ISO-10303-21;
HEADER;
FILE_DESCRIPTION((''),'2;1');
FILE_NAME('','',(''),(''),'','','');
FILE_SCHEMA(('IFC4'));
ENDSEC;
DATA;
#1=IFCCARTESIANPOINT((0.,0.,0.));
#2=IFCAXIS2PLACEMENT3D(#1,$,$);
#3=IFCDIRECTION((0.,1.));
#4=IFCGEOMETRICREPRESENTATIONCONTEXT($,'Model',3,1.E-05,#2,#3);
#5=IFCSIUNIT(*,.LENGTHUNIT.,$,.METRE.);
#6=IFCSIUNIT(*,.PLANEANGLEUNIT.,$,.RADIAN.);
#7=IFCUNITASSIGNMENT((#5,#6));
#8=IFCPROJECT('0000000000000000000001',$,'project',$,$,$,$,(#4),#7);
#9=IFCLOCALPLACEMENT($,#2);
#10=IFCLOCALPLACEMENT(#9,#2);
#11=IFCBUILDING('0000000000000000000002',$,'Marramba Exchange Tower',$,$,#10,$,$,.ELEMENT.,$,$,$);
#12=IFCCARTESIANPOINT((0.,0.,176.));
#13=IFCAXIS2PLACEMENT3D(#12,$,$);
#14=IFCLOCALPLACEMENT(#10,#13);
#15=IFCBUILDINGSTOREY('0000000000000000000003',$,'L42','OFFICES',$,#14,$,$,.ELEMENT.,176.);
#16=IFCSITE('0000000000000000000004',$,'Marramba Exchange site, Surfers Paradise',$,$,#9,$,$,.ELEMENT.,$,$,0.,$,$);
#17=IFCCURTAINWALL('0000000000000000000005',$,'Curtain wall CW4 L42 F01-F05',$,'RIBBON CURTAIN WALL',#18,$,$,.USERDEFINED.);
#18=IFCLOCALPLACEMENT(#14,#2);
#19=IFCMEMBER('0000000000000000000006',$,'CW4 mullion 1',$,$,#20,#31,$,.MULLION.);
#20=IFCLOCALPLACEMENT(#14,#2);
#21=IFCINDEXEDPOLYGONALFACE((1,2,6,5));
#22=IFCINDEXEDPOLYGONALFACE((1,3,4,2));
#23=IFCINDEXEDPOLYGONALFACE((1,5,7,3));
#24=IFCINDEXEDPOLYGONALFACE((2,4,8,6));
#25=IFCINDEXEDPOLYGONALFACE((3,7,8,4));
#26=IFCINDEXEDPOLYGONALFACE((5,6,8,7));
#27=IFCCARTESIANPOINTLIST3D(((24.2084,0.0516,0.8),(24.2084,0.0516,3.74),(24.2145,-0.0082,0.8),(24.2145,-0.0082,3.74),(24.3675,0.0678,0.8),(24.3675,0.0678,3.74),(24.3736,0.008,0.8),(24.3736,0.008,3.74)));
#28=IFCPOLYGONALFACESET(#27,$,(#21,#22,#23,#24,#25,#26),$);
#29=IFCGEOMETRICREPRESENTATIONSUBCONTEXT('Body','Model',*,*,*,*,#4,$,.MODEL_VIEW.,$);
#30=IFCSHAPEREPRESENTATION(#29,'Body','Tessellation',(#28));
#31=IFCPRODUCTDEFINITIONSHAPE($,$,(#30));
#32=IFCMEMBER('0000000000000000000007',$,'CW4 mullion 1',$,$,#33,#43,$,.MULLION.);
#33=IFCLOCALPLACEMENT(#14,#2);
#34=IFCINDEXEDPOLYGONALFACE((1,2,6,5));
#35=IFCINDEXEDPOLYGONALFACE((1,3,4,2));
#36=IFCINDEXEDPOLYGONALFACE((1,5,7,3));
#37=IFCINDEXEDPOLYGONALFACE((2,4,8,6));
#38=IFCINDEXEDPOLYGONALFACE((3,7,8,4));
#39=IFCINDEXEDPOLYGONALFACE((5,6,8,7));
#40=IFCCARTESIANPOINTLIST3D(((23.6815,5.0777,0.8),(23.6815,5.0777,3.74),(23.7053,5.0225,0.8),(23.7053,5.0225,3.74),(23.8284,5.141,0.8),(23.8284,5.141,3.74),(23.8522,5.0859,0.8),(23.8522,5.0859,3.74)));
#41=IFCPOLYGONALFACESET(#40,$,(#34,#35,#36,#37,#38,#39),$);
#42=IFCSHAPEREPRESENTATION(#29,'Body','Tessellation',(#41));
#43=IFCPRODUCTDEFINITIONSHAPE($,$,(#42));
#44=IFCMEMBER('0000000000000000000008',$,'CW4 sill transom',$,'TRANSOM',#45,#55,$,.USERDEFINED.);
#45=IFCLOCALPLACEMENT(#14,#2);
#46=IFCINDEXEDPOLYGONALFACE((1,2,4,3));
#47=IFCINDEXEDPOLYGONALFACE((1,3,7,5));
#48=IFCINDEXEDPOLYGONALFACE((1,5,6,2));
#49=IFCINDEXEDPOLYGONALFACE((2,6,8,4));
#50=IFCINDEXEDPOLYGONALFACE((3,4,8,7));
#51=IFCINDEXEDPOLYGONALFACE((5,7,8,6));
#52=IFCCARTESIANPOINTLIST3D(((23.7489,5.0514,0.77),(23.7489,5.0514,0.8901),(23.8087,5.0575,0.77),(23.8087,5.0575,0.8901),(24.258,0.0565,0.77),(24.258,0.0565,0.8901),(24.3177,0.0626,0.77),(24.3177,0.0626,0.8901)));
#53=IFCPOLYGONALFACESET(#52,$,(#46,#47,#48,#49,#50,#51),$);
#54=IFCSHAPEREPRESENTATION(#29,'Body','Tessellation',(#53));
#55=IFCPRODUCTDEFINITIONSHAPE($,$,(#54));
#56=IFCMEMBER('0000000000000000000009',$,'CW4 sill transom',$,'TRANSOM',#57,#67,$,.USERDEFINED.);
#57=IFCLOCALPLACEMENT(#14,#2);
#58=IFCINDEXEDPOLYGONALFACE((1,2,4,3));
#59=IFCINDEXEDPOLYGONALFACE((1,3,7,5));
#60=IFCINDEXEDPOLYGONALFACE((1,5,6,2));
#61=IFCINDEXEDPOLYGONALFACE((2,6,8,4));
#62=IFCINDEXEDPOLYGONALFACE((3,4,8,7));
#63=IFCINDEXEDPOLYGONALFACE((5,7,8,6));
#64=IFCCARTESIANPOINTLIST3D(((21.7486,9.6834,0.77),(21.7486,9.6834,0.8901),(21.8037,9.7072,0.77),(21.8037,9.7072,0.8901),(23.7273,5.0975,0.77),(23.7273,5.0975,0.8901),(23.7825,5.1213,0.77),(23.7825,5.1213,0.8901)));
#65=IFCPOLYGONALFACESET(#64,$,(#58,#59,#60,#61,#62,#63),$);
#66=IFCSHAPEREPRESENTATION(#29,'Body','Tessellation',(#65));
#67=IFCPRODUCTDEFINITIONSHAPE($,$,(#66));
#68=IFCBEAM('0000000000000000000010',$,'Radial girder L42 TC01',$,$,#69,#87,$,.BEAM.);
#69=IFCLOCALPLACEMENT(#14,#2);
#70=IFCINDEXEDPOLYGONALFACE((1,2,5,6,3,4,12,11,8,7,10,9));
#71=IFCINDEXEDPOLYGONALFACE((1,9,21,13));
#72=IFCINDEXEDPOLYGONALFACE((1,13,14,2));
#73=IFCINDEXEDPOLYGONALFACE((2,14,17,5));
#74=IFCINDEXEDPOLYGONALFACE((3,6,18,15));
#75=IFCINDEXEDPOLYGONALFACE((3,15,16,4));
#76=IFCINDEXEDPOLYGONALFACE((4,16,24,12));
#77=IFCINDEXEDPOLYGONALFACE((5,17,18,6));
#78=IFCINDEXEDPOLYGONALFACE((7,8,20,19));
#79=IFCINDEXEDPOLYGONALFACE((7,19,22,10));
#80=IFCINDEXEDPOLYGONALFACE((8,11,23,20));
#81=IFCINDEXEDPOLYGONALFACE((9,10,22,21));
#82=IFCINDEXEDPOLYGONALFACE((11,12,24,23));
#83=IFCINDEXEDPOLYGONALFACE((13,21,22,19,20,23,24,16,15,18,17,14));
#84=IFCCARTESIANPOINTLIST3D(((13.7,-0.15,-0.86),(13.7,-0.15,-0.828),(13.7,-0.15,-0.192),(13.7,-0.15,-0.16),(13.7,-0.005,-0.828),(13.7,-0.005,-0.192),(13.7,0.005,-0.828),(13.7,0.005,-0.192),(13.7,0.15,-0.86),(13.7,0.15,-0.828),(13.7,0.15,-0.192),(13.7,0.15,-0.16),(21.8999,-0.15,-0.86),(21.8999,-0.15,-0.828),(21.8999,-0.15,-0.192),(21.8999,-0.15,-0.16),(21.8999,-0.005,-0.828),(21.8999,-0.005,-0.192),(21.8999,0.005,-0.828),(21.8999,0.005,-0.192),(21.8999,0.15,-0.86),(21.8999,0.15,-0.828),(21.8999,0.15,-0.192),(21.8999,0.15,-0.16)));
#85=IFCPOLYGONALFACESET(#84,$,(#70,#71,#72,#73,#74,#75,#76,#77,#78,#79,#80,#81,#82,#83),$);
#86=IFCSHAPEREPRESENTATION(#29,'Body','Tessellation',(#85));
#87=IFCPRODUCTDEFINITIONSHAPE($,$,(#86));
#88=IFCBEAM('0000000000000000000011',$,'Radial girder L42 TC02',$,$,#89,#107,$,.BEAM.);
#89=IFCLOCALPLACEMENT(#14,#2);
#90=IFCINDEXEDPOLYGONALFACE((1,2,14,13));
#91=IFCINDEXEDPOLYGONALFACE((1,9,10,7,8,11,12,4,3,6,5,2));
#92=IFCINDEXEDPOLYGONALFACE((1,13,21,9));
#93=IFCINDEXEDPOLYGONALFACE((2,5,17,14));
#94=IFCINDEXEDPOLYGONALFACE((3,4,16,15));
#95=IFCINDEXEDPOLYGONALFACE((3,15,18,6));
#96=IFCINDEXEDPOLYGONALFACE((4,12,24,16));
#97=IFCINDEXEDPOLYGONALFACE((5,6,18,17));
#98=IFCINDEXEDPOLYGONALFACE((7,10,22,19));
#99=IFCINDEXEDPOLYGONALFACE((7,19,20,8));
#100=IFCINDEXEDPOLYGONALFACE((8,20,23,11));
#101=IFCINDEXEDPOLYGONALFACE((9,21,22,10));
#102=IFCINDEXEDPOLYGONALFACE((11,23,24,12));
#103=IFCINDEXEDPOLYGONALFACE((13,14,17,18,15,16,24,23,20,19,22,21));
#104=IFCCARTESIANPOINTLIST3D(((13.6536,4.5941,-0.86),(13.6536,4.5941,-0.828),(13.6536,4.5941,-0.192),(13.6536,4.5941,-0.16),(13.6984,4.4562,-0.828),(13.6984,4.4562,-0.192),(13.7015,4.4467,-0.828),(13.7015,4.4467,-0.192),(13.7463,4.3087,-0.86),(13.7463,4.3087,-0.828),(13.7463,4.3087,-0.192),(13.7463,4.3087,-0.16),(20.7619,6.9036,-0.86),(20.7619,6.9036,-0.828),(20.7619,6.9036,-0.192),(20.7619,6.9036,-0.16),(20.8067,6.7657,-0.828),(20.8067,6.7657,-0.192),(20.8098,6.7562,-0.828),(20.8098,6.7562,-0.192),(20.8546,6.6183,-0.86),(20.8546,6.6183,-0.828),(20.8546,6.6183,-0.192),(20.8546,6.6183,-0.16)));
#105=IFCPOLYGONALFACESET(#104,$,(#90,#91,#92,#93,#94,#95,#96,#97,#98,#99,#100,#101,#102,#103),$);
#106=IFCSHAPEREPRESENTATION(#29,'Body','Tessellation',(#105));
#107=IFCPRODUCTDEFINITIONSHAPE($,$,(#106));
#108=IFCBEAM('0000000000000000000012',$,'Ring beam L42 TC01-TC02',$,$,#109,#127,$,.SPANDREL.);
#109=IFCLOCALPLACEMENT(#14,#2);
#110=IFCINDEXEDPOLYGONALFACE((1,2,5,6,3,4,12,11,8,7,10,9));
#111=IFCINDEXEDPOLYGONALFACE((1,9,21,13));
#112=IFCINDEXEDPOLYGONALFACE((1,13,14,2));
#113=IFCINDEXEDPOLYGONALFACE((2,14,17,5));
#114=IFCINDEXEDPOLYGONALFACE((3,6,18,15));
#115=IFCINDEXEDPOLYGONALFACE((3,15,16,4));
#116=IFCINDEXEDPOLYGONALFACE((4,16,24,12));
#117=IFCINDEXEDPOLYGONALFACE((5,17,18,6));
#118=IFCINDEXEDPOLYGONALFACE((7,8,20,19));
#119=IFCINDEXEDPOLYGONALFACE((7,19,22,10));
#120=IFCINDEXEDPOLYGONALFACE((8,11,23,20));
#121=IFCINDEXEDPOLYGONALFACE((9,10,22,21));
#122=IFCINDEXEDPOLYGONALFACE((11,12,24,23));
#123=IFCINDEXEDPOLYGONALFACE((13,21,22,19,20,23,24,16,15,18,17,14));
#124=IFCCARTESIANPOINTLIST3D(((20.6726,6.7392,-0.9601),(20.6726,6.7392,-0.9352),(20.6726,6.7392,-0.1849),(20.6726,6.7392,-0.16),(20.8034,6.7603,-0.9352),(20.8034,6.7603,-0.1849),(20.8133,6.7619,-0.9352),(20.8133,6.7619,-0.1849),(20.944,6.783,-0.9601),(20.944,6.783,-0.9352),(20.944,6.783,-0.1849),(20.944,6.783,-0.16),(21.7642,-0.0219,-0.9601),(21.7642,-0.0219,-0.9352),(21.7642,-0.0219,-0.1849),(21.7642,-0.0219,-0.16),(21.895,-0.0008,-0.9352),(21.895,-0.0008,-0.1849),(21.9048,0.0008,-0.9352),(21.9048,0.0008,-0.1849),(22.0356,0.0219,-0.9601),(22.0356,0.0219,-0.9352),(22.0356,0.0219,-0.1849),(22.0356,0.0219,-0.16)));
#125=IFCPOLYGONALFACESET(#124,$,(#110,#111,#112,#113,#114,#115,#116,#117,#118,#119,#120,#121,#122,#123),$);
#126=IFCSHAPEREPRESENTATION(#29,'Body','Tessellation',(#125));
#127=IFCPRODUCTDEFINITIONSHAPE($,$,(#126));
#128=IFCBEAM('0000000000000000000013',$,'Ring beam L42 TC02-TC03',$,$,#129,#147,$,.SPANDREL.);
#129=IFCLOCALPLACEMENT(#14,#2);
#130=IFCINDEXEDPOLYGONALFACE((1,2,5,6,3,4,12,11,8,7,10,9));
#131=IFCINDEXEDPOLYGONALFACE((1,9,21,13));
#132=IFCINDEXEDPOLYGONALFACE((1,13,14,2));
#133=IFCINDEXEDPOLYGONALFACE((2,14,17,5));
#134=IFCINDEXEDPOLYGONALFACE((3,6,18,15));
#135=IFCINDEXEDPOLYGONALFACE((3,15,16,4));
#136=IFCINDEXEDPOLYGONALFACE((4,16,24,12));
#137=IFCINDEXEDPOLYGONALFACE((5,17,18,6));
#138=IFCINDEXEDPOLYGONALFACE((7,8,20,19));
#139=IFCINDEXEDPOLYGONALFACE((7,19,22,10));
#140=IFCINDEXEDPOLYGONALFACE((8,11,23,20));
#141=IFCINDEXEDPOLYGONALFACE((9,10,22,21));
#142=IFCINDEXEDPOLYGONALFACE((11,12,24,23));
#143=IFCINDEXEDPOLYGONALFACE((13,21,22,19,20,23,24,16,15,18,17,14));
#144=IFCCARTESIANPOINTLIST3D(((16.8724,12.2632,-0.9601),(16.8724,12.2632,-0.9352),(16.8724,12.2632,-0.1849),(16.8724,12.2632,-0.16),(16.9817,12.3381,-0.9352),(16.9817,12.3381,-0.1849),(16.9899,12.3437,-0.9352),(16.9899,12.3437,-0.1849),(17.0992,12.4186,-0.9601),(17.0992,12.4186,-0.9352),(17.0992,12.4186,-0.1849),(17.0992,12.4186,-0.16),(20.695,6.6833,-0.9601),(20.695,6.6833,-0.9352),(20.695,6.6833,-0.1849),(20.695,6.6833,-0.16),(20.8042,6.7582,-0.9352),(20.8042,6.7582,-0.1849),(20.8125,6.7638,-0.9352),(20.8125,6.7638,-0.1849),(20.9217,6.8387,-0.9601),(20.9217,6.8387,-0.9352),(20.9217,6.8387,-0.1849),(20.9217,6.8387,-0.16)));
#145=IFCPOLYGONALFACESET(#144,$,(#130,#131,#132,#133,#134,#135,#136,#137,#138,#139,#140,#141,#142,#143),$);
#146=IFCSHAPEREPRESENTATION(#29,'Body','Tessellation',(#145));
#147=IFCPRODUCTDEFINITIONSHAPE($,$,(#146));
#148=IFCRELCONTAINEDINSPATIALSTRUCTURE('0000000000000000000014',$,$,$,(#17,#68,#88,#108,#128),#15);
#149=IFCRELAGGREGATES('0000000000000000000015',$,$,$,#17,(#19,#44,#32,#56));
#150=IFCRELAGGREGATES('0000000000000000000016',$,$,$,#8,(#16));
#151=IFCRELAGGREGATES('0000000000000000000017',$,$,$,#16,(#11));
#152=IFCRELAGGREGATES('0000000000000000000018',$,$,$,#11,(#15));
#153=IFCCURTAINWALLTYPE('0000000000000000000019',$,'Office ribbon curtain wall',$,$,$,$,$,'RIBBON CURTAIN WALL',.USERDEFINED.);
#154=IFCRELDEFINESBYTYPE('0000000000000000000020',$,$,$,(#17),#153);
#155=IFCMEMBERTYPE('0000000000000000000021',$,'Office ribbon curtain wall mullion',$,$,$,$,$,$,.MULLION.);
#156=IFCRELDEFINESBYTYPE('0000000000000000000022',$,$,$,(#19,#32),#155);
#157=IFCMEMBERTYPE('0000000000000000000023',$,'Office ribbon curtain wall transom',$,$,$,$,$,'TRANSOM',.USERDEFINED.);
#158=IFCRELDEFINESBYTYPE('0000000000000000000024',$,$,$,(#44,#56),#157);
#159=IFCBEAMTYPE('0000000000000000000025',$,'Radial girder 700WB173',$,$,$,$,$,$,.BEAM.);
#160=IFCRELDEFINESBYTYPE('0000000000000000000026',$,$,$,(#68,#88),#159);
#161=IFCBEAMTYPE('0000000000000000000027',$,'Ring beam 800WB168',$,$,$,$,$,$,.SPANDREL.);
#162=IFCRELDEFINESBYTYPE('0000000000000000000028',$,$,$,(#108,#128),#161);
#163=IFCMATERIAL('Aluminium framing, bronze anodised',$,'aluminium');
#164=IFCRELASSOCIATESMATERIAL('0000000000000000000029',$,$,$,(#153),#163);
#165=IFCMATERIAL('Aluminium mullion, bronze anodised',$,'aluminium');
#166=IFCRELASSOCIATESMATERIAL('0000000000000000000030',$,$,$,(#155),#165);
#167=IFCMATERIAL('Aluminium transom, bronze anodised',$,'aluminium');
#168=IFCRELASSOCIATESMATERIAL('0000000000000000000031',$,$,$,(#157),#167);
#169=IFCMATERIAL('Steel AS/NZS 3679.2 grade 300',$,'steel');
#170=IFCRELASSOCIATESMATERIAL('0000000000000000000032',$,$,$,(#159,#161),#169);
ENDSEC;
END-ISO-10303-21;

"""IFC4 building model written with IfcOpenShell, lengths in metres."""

from ifc_helpers import new_model, si_unit, direction, frame, origin, origin_2d, place, context, subcontext, project, spatial, rectangle, i_section, extrude, material, material_profile, profile_set, type_object, element, aggregate, save


model = new_model("IFC4")

# Units and contexts
model_context = context("Model", 3, precision=1e-05, world=origin(), true_north=direction((0.0, 1.0)))
body_context = subcontext(model_context, "Body", "Model", "MODEL_VIEW")
ifc_project = project(units=[si_unit("LENGTHUNIT", "METRE"), si_unit("PLANEANGLEUNIT", "RADIAN")], contexts=[model_context])

# Site, building, storey
site_placement = place(None, origin())
site = spatial("IfcSite", under=ifc_project, at=site_placement, Name="Marramba Exchange site, Surfers Paradise", CompositionType="ELEMENT", RefElevation=0.0)
building_placement = place(site_placement, origin())
building = spatial("IfcBuilding", under=site, at=building_placement, Name="Marramba Exchange Tower", CompositionType="ELEMENT")
storey_placement = place(building_placement, frame((0.0, 0.0, 176.0)))
storey = spatial("IfcBuildingStorey", under=building, at=storey_placement, Name="L42", Description="OFFICES", CompositionType="ELEMENT", Elevation=176.0)

# Shared definitions
ifc_material_1 = material(Name="Steel AS/NZS 3679.2 grade 300", Category="steel")

# Curtain wall, members
ifc_material_2 = material(Name="Aluminium framing, bronze anodised", Category="aluminium")
curtain_wall_type = type_object("IfcCurtainWallType", Name="Office ribbon curtain wall", ElementType="RIBBON CURTAIN WALL", PredefinedType="USERDEFINED", material=ifc_material_2)
curtain_wall_placement = place(storey_placement, origin())
curtain_wall = element("IfcCurtainWall", 1, at=curtain_wall_placement, inside=storey, type_object=curtain_wall_type, Name="Curtain wall CW4 L42 F01-F05", ObjectType="RIBBON CURTAIN WALL", PredefinedType="USERDEFINED")
ifc_material_3 = material(Name="Aluminium mullion, bronze anodised", Category="aluminium")
ifc_material_profile_1 = material_profile(ifc_material_3, rectangle(XDim=0.1599, YDim=0.0601, at=origin_2d()), Name="CW4 mullion 60x160")
ifc_profile_set_1 = profile_set([ifc_material_profile_1], Name="Aluminium mullion, bronze anodised")
member_type_1 = type_object("IfcMemberType", Name="Office ribbon curtain wall mullion", PredefinedType="MULLION", material=ifc_profile_set_1)
member_1_placement = place(storey_placement, frame((24.291, 0.0298, 0.8), z_axis=(0.0, 0.0, 1.0), x_axis=(-0.994843, -0.101422, 0.0)))
member_1 = element("IfcMember", 2, at=member_1_placement, type_object=member_type_1, Name="CW4 mullion 1", PredefinedType="MULLION", context=body_context, shape_type="SweptSolid", body=[
    extrude(rectangle(XDim=0.1599, YDim=0.0601, at=origin_2d()), origin(), (0.0, 0.0, 1.0), 2.9399),
])
member_2_placement = place(storey_placement, frame((23.7668, 5.0818, 0.8), z_axis=(0.0, 0.0, 1.0), x_axis=(-0.918167, -0.396193, 0.0)))
member_2 = element("IfcMember", 3, at=member_2_placement, type_object=member_type_1, Name="CW4 mullion 1", PredefinedType="MULLION", context=body_context, shape_type="SweptSolid", body=[
    extrude(rectangle(XDim=0.1599, YDim=0.0601, at=origin_2d()), origin(), (0.0, 0.0, 1.0), 2.9399),
])
ifc_material_4 = material(Name="Aluminium transom, bronze anodised", Category="aluminium")
ifc_material_profile_2 = material_profile(ifc_material_4, rectangle(XDim=0.0601, YDim=0.1201, at=origin_2d()), Name="CW4 transom 60x120")
ifc_profile_set_2 = profile_set([ifc_material_profile_2], Name="Aluminium transom, bronze anodised")
member_type_2 = type_object("IfcMemberType", Name="Office ribbon curtain wall transom", ElementType="TRANSOM", PredefinedType="USERDEFINED", material=ifc_profile_set_2)
member_3_placement = place(storey_placement, frame((24.2878, 0.0596, 0.8301), z_axis=(-0.101386, 0.994847, 0.0), x_axis=(-0.994847, -0.101386, 0.0)))
member_3 = element("IfcMember", 4, at=member_3_placement, type_object=member_type_2, Name="CW4 sill transom", ObjectType="TRANSOM", PredefinedType="USERDEFINED", context=body_context, shape_type="SweptSolid", body=[
    extrude(rectangle(XDim=0.0601, YDim=0.1201, at=origin_2d()), origin(), (0.0, 0.0, 1.0), 5.0208),
])
member_4_placement = place(storey_placement, frame((23.7549, 5.1094, 0.8301), z_axis=(-0.396178, 0.918174, 0.0), x_axis=(-0.918174, -0.396178, 0.0)))
member_4 = element("IfcMember", 5, at=member_4_placement, type_object=member_type_2, Name="CW4 sill transom", ObjectType="TRANSOM", PredefinedType="USERDEFINED", context=body_context, shape_type="SweptSolid", body=[
    extrude(rectangle(XDim=0.0601, YDim=0.1201, at=origin_2d()), origin(), (0.0, 0.0, 1.0), 4.9946),
])

# Beams
ifc_material_profile_3 = material_profile(ifc_material_1, i_section(OverallWidth=0.3, OverallDepth=0.7, WebThickness=0.01, FlangeThickness=0.032, at=origin_2d()), Name="700WB173")
ifc_profile_set_3 = profile_set([ifc_material_profile_3], Name="Steel AS/NZS 3679.2 grade 300")
beam_type_1 = type_object("IfcBeamType", Name="Radial girder 700WB173", PredefinedType="BEAM", material=ifc_profile_set_3)
beam_1_placement = place(storey_placement, frame((13.7, 0.0, -0.51), z_axis=(1.0, 0.0, 0.0), x_axis=(0.0, 1.0, 0.0)))
element("IfcBeam", 6, at=beam_1_placement, inside=storey, type_object=beam_type_1, Name="Radial girder L42 TC01", PredefinedType="BEAM", context=body_context, shape_type="SweptSolid", body=[
    extrude(i_section(OverallWidth=0.3, OverallDepth=0.7, WebThickness=0.01, FlangeThickness=0.032, at=origin_2d()), origin(), (0.0, 0.0, 1.0), 8.2),
])
beam_2_placement = place(storey_placement, frame((13.7, 4.4514, -0.51), z_axis=(0.95106, 0.309006, 0.0), x_axis=(-0.309006, 0.95106, 0.0)))
element("IfcBeam", 7, at=beam_2_placement, inside=storey, type_object=beam_type_1, Name="Radial girder L42 TC02", PredefinedType="BEAM", context=body_context, shape_type="SweptSolid", body=[
    extrude(i_section(OverallWidth=0.3, OverallDepth=0.7, WebThickness=0.01, FlangeThickness=0.032, at=origin_2d()), origin(), (0.0, 0.0, 1.0), 7.4741),
])
ifc_material_profile_4 = material_profile(ifc_material_1, i_section(OverallWidth=0.2749, OverallDepth=0.8, WebThickness=0.01, FlangeThickness=0.0249, at=origin_2d()), Name="800WB168")
ifc_profile_set_4 = profile_set([ifc_material_profile_4], Name="Steel AS/NZS 3679.2 grade 300")
beam_type_2 = type_object("IfcBeamType", Name="Ring beam 800WB168", PredefinedType="SPANDREL", material=ifc_profile_set_4)
beam_3_placement = place(storey_placement, frame((21.8999, 0.0, -0.5601), z_axis=(-0.159385, 0.987217, 0.0), x_axis=(-0.987217, -0.159385, 0.0)))
element("IfcBeam", 8, at=beam_3_placement, inside=storey, type_object=beam_type_2, Name="Ring beam L42 TC01-TC02", PredefinedType="SPANDREL", context=body_context, shape_type="SweptSolid", body=[
    extrude(i_section(OverallWidth=0.2749, OverallDepth=0.8, WebThickness=0.01, FlangeThickness=0.0249, at=origin_2d()), origin(), (0.0, 0.0, 1.0), 6.8486),
])
beam_4_placement = place(storey_placement, frame((20.8083, 6.761, -0.5601), z_axis=(-0.56516, 0.824981, 0.0), x_axis=(-0.824981, -0.56516, 0.0)))
element("IfcBeam", 9, at=beam_4_placement, inside=storey, type_object=beam_type_2, Name="Ring beam L42 TC02-TC03", PredefinedType="SPANDREL", context=body_context, shape_type="SweptSolid", body=[
    extrude(i_section(OverallWidth=0.2749, OverallDepth=0.8, WebThickness=0.01, FlangeThickness=0.0249, at=origin_2d()), origin(), (0.0, 0.0, 1.0), 6.7637),
])

aggregate(curtain_wall, [member_1, member_3, member_2, member_4])

save(model, "model.ifc")
